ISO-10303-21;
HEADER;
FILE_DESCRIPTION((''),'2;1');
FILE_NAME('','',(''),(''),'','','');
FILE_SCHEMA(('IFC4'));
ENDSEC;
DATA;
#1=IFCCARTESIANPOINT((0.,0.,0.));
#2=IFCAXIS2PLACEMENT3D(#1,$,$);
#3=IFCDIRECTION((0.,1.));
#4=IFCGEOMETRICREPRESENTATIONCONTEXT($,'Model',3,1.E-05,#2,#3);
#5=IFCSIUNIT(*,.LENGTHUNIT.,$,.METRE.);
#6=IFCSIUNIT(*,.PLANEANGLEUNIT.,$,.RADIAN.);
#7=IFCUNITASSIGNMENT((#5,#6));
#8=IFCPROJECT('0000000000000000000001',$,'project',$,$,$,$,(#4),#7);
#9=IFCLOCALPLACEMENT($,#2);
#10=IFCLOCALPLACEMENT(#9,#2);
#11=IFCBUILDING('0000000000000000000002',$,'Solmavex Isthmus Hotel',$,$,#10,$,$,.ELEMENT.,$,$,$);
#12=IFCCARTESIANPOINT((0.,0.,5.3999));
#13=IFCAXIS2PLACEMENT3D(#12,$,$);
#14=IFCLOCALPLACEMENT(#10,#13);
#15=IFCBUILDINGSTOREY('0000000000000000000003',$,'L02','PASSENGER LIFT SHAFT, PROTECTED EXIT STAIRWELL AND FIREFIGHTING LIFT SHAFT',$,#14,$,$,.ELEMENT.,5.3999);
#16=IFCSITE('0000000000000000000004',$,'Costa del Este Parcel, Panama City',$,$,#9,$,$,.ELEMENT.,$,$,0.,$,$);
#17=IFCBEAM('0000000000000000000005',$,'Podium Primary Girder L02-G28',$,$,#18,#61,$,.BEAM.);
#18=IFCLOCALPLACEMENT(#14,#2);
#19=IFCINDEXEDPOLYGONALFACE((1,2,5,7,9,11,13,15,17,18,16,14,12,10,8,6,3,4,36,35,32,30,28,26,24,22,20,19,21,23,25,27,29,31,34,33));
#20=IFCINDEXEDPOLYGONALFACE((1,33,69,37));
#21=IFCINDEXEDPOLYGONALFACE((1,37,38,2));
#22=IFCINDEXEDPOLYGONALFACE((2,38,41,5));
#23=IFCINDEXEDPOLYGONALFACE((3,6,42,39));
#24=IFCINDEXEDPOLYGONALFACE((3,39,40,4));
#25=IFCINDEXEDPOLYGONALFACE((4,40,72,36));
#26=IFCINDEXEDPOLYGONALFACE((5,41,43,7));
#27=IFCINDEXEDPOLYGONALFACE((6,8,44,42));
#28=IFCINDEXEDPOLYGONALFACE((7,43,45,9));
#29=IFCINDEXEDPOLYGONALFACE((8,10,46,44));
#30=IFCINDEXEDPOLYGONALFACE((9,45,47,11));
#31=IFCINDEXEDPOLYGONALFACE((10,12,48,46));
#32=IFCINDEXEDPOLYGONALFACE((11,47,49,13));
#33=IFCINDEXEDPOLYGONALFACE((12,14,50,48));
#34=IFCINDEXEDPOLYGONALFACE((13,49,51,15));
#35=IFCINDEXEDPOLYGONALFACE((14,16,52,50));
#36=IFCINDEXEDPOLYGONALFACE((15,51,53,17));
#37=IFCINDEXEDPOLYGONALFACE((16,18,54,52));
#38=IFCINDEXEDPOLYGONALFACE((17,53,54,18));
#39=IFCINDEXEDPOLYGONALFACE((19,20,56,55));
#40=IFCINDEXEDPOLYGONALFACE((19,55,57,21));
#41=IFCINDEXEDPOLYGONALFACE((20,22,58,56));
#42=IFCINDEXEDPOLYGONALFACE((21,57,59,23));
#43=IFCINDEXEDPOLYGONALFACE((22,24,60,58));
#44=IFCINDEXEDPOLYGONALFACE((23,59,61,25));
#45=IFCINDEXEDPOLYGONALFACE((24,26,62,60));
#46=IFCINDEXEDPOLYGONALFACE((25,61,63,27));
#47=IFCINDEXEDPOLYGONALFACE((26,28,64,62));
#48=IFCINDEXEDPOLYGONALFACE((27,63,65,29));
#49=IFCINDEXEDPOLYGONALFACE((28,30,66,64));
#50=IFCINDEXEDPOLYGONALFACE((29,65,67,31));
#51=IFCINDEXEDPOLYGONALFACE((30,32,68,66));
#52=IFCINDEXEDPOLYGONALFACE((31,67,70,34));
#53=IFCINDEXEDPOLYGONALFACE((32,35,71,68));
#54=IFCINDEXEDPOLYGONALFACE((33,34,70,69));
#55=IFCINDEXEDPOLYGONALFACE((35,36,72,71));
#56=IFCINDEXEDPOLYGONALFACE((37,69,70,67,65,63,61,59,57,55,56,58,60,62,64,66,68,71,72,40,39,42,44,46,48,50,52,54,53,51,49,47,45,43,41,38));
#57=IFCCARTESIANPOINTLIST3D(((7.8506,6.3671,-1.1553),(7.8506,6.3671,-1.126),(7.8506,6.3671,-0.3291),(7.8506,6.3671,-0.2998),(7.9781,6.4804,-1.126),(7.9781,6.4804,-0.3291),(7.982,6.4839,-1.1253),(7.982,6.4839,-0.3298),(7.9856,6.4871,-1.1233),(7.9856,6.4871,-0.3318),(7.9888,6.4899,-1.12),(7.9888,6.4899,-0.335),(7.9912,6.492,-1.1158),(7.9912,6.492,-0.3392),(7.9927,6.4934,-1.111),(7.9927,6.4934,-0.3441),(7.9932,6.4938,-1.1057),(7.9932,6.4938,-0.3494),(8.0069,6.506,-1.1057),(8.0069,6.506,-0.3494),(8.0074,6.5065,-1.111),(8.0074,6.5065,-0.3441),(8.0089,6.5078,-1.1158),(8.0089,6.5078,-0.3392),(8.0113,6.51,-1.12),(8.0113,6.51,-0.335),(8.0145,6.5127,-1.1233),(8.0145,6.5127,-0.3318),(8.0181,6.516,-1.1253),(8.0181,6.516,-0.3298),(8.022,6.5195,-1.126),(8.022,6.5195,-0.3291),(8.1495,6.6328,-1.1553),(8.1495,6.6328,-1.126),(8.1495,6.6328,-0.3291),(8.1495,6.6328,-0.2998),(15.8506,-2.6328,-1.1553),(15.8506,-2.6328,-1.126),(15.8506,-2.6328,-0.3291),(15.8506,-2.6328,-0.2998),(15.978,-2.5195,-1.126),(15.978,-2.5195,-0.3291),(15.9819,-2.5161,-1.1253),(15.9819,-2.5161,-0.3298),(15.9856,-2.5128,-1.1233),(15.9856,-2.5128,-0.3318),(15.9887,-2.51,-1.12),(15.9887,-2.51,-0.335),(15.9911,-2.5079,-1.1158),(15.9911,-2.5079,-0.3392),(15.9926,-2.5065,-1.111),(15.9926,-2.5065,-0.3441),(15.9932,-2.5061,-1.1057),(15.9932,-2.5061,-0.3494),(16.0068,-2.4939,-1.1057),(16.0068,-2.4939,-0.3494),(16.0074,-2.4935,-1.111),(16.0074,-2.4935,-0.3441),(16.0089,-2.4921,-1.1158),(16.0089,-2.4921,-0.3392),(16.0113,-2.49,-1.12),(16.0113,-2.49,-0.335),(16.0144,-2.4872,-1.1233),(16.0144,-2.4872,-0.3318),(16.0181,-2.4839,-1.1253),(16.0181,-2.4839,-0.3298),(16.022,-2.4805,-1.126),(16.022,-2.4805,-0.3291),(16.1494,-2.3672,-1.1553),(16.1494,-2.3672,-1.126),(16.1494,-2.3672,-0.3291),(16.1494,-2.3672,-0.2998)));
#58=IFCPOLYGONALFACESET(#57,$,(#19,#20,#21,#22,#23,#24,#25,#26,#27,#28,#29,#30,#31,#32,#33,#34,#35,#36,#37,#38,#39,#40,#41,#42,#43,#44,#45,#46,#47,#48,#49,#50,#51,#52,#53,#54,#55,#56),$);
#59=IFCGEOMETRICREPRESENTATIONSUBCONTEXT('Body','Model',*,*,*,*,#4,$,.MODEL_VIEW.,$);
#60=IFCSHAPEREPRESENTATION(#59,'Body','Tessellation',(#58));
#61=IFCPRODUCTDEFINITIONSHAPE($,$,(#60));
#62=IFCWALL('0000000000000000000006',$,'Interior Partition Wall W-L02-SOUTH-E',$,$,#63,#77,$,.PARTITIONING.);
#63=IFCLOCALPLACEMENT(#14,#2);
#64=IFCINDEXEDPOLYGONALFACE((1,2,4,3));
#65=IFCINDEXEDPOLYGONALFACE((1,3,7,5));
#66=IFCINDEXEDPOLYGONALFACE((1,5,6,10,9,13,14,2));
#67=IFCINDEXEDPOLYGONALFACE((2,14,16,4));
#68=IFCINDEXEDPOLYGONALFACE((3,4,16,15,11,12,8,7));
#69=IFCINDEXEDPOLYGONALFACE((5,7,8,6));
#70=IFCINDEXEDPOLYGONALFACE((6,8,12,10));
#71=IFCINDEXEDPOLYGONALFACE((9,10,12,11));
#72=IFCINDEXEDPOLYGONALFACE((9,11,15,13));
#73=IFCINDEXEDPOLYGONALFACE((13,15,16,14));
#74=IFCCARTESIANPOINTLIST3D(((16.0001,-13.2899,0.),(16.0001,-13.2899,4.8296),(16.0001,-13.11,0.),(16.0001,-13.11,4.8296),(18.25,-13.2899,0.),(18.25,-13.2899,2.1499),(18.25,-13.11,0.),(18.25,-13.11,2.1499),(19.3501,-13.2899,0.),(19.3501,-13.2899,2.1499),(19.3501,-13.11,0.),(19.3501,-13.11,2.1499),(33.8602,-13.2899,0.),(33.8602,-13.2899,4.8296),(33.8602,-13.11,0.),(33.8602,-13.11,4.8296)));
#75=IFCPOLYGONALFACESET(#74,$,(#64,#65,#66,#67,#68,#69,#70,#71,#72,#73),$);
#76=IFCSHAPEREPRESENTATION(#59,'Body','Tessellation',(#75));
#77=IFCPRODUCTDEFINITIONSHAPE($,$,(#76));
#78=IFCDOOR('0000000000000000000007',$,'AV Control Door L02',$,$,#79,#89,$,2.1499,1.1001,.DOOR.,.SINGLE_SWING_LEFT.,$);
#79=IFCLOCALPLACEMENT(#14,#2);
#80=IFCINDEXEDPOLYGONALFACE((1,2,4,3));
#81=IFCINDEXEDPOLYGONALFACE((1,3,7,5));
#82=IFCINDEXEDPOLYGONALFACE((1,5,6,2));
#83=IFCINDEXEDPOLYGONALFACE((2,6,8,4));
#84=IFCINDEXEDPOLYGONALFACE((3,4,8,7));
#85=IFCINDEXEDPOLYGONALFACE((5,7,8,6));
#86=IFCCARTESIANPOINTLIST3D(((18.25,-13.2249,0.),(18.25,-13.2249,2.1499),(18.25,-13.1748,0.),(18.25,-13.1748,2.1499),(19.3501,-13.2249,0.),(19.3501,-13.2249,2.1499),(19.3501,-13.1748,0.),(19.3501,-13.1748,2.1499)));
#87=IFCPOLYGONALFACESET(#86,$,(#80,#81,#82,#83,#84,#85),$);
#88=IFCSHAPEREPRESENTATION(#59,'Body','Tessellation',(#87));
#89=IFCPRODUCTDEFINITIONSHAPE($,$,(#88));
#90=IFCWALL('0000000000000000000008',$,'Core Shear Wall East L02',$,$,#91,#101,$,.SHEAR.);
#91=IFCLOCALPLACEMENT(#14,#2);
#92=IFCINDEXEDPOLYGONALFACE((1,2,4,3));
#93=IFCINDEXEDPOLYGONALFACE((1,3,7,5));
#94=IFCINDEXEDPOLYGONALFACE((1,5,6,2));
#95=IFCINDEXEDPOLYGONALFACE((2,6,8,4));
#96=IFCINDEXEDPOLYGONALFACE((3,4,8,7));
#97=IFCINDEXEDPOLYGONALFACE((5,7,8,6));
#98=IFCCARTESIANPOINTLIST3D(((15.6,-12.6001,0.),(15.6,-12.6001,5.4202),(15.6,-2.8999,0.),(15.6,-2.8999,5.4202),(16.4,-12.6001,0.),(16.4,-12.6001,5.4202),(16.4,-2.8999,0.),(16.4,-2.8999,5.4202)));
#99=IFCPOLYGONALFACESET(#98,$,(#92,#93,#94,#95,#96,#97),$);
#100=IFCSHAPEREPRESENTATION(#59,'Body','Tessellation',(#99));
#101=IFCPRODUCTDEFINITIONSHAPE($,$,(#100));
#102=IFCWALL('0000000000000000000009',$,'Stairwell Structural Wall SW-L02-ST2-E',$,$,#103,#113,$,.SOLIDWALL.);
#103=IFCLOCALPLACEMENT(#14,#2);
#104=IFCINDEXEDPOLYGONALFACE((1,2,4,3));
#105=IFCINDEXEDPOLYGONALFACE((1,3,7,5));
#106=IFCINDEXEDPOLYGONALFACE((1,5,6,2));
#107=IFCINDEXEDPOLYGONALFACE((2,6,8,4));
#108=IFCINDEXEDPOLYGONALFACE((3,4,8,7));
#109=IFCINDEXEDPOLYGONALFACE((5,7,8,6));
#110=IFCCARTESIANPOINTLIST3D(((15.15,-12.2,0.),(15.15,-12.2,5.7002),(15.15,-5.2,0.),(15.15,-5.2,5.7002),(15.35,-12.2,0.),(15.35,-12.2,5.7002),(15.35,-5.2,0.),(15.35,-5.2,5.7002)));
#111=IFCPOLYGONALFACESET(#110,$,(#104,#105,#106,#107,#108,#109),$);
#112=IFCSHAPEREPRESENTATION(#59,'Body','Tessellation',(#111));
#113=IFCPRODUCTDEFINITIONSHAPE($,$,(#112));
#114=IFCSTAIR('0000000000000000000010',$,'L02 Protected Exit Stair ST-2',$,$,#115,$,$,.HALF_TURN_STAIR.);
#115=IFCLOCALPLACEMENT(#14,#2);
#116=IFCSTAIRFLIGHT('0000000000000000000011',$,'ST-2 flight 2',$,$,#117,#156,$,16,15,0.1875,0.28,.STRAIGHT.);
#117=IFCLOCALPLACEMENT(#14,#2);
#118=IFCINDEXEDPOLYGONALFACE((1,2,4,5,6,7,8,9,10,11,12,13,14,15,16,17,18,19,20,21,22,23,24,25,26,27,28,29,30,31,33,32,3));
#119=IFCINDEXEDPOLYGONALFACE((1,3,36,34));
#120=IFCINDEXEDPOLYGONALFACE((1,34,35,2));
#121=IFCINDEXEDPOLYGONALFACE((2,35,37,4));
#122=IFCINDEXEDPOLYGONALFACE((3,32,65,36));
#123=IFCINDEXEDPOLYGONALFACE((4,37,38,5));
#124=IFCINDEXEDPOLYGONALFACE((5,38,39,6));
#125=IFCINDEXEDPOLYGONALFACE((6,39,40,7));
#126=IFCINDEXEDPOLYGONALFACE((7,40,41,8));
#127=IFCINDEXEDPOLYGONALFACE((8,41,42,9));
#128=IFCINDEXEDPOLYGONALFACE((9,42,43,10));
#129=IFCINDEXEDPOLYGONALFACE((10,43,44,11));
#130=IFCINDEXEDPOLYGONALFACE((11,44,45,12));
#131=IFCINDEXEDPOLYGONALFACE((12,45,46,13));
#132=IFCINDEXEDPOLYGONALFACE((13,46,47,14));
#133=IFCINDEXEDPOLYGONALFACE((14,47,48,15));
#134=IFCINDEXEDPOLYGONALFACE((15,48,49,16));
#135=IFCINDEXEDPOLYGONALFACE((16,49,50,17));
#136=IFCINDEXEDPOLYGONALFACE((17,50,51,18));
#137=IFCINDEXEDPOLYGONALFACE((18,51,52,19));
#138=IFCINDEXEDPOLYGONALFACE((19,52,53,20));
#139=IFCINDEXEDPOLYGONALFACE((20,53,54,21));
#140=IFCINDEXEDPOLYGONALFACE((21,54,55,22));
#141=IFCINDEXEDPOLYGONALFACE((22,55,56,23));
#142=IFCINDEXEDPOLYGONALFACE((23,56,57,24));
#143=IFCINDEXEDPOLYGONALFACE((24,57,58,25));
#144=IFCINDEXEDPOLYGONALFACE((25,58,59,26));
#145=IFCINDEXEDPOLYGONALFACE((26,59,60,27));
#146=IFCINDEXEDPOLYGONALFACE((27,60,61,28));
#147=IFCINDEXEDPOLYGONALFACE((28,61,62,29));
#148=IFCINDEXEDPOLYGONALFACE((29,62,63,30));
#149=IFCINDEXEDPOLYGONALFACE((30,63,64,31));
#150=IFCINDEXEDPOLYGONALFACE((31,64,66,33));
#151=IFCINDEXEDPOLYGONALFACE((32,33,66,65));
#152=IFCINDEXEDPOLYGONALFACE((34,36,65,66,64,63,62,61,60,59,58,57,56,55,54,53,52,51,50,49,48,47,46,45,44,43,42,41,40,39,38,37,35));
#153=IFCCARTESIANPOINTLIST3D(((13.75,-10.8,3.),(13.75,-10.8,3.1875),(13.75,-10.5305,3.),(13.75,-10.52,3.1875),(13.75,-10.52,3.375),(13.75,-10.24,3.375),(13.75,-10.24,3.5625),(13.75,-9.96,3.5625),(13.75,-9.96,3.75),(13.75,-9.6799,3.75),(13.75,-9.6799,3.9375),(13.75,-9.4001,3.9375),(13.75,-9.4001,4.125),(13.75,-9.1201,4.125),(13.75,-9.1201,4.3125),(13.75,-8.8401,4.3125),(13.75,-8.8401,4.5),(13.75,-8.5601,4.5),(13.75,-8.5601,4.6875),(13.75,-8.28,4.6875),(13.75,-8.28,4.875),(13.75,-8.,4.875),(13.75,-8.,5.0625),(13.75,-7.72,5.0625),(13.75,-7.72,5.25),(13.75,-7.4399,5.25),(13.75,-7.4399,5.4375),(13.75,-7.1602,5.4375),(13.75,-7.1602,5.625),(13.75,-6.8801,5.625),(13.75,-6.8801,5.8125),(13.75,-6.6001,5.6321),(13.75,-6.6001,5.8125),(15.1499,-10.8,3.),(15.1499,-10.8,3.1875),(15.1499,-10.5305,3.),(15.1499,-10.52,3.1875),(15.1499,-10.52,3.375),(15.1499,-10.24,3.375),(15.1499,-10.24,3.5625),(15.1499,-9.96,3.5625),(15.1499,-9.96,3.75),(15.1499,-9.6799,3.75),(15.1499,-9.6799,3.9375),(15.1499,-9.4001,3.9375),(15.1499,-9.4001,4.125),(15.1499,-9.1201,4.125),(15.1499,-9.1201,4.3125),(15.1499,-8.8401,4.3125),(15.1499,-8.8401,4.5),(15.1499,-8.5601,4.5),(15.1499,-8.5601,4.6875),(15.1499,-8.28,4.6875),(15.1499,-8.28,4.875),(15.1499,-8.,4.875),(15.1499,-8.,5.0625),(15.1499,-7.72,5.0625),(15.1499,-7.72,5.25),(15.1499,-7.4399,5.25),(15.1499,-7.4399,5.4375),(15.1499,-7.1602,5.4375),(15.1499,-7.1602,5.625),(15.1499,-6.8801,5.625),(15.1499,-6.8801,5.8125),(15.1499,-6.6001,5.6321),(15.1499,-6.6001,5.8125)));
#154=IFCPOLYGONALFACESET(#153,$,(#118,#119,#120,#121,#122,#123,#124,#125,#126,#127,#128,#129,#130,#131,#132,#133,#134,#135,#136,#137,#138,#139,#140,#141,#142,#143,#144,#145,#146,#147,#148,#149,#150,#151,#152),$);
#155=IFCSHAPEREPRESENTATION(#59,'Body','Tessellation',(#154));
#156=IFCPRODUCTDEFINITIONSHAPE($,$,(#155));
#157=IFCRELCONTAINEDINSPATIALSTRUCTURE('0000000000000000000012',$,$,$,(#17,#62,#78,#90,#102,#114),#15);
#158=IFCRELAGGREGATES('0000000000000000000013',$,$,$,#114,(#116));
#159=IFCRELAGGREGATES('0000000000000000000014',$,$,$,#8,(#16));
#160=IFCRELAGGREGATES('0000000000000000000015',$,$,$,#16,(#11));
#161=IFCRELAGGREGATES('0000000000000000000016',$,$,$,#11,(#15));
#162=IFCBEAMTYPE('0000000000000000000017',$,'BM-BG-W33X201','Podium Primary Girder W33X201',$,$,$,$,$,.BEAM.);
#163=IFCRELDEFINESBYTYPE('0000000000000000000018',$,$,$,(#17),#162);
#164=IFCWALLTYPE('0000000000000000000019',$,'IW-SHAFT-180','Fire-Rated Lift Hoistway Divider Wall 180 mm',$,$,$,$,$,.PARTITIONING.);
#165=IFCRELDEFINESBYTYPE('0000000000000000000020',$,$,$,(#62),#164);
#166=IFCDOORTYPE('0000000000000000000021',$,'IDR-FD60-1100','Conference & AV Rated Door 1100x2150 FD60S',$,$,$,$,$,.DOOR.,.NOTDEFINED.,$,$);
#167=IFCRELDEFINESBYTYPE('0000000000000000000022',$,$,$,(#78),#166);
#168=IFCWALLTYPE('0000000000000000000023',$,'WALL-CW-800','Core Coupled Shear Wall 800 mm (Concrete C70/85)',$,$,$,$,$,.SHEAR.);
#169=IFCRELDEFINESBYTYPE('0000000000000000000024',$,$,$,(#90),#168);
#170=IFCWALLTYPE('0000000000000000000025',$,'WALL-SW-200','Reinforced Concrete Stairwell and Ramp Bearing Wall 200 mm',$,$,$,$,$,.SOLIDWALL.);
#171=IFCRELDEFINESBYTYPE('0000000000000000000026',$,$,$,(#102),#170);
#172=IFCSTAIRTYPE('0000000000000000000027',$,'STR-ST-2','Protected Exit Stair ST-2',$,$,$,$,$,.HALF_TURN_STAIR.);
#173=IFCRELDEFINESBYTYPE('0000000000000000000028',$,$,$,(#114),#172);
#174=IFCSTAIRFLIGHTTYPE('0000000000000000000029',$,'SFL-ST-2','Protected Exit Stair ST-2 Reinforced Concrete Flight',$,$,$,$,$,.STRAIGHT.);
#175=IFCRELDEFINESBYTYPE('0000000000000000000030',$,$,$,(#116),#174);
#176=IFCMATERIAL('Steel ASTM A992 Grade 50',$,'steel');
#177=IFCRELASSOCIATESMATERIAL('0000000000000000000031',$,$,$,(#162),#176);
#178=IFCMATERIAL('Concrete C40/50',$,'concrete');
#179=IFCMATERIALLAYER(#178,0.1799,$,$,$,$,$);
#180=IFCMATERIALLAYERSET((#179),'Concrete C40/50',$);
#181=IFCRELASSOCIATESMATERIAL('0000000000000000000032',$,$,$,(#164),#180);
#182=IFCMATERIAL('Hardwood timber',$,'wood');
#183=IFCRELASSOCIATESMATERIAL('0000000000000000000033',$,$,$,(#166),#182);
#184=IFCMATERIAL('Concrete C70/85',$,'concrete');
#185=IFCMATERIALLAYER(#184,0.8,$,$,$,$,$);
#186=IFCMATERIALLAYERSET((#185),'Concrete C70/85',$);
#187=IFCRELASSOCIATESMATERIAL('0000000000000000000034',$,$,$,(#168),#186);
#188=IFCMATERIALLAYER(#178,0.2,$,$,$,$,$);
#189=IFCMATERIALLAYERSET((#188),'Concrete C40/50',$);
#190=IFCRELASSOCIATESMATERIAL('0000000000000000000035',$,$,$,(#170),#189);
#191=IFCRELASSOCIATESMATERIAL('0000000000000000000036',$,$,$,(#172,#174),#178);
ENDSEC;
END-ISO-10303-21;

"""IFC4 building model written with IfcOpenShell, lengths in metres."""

from ifc_helpers import new_model, si_unit, direction, frame, frame_2d, origin, origin_2d, place, context, subcontext, project, spatial, polyline, rectangle, i_section, outline, extrude, material, layer, layer_set, material_profile, profile_set, type_object, element, fill, aggregate, save


model = new_model("IFC4")

# Units and contexts
model_context = context("Model", 3, precision=1e-05, world=origin(), true_north=direction((0.0, 1.0)))
body_context = subcontext(model_context, "Body", "Model", "MODEL_VIEW")
ifc_project = project(units=[si_unit("LENGTHUNIT", "METRE"), si_unit("PLANEANGLEUNIT", "RADIAN")], contexts=[model_context])

# Site, building, storey
site_placement = place(None, origin())
site = spatial("IfcSite", under=ifc_project, at=site_placement, Name="Costa del Este Parcel, Panama City", CompositionType="ELEMENT", RefElevation=0.0)
building_placement = place(site_placement, origin())
building = spatial("IfcBuilding", under=site, at=building_placement, Name="Solmavex Isthmus Hotel", CompositionType="ELEMENT")
storey_placement = place(building_placement, frame((0.0, 0.0, 5.3999)))
storey = spatial("IfcBuildingStorey", under=building, at=storey_placement, Name="L02", Description="PASSENGER LIFT SHAFT, PROTECTED EXIT STAIRWELL AND FIREFIGHTING LIFT SHAFT", CompositionType="ELEMENT", Elevation=5.3999)

# Shared definitions
ifc_material_1 = material(Name="Concrete C70/85", Category="concrete")

# Beam
ifc_material_2 = material(Name="Steel ASTM A992 Grade 50", Category="steel")
ifc_material_profile_1 = material_profile(ifc_material_2, i_section(OverallWidth=0.3999, OverallDepth=0.8555, WebThickness=0.0183, FlangeThickness=0.0293, FilletRadius=0.0203, at=origin_2d()), Name="W33X201")
ifc_profile_set_1 = profile_set([ifc_material_profile_1], Name="Steel ASTM A992 Grade 50")
beam_type_1 = type_object("IfcBeamType", Name="BM-BG-W33X201", Description="Podium Primary Girder W33X201", PredefinedType="BEAM", material=ifc_profile_set_1)
beam_1_placement = place(storey_placement, frame((16.0, -2.5, -0.7275), z_axis=(-0.664364, 0.747409, 0.0), x_axis=(-0.747409, -0.664364, 0.0)))
element("IfcBeam", 1, at=beam_1_placement, inside=storey, type_object=beam_type_1, Name="Podium Primary Girder L02-G28", PredefinedType="BEAM", context=body_context, shape_type="SweptSolid", body=[
    extrude(i_section(OverallWidth=0.3999, OverallDepth=0.8555, WebThickness=0.0183, FlangeThickness=0.0293, FilletRadius=0.0203, at=origin_2d()), origin(), (0.0, 0.0, 1.0), 12.0415),
])

# Wall, opening, door
ifc_material_3 = material(Name="Concrete C40/50", Category="concrete")
ifc_layer_1 = layer(ifc_material_3, 0.1799)
ifc_layer_set_1 = layer_set([ifc_layer_1], Name="Concrete C40/50")
wall_type_1 = type_object("IfcWallType", Name="IW-SHAFT-180", Description="Fire-Rated Lift Hoistway Divider Wall 180 mm", PredefinedType="PARTITIONING", material=ifc_layer_set_1)
wall_1_placement = place(storey_placement, frame((16.0, -13.2, 0.0), z_axis=(0.0, 0.0, 1.0), x_axis=(1.0, 0.0, 0.0)))
wall_1 = element("IfcWall", 2, at=wall_1_placement, inside=storey, type_object=wall_type_1, Name="Interior Partition Wall W-L02-SOUTH-E", PredefinedType="PARTITIONING", context=body_context, shape_type="SweptSolid", body=[
    extrude(rectangle(XDim=17.8601, YDim=0.1799, at=frame_2d((8.9302, 0.0))), origin(), (0.0, 0.0, 1.0), 4.8296),
])
opening_placement = place(wall_1_placement, frame((2.25, 0.0, 0.0)))
opening = element("IfcOpeningElement", 3, at=opening_placement, cuts=wall_1, PredefinedType="OPENING", context=body_context, shape_type="SweptSolid", body=[
    extrude(rectangle(XDim=1.1001, YDim=2.1499, at=frame_2d((0.55, 1.075))), frame((0.0, 0.0999, 0.0), z_axis=(0.0, -1.0, 0.0), x_axis=(1.0, 0.0, 0.0)), (0.0, 0.0, 1.0), 0.2),
])
ifc_material_4 = material(Name="Hardwood timber", Category="wood")
door_type = type_object("IfcDoorType", Name="IDR-FD60-1100", Description="Conference & AV Rated Door 1100x2150 FD60S", OperationType="NOTDEFINED", PredefinedType="DOOR", material=ifc_material_4)
door_placement = place(opening_placement, frame((1.1001, 0.0, 0.0), z_axis=(0.0, 0.0, 1.0), x_axis=(-1.0, 0.0, 0.0)))
door = element("IfcDoor", 4, at=door_placement, inside=storey, type_object=door_type, Name="AV Control Door L02", OperationType="SINGLE_SWING_LEFT", OverallHeight=2.1499, OverallWidth=1.1001, PredefinedType="DOOR", context=body_context, shape_type="SweptSolid", body=[
    extrude(rectangle(XDim=1.1001, YDim=2.1499, at=frame_2d((0.55, 1.075))), frame((0.0, 0.0249, 0.0), z_axis=(0.0, -1.0, 0.0), x_axis=(1.0, 0.0, 0.0)), (0.0, 0.0, 1.0), 0.05),
])
fill(opening, door)

# Walls
ifc_layer_2 = layer(ifc_material_1, 0.8)
ifc_layer_set_2 = layer_set([ifc_layer_2], Name="Concrete C70/85")
wall_type_2 = type_object("IfcWallType", Name="WALL-CW-800", Description="Core Coupled Shear Wall 800 mm (Concrete C70/85)", PredefinedType="SHEAR", material=ifc_layer_set_2)
wall_2_placement = place(storey_placement, frame((16.0, -12.6001, 0.0), z_axis=(0.0, 0.0, 1.0), x_axis=(0.0, 1.0, 0.0)))
element("IfcWall", 5, at=wall_2_placement, inside=storey, type_object=wall_type_2, Name="Core Shear Wall East L02", PredefinedType="SHEAR", context=body_context, shape_type="SweptSolid", body=[
    extrude(rectangle(XDim=9.7002, YDim=0.8, at=frame_2d((4.8501, 0.0))), origin(), (0.0, 0.0, 1.0), 5.4202),
])
ifc_layer_3 = layer(ifc_material_3, 0.2)
ifc_layer_set_3 = layer_set([ifc_layer_3], Name="Concrete C40/50")
wall_type_3 = type_object("IfcWallType", Name="WALL-SW-200", Description="Reinforced Concrete Stairwell and Ramp Bearing Wall 200 mm", PredefinedType="SOLIDWALL", material=ifc_layer_set_3)
wall_3_placement = place(storey_placement, frame((15.25, -12.2, 0.0), z_axis=(0.0, 0.0, 1.0), x_axis=(0.0, 1.0, 0.0)))
element("IfcWall", 6, at=wall_3_placement, inside=storey, type_object=wall_type_3, Name="Stairwell Structural Wall SW-L02-ST2-E", PredefinedType="SOLIDWALL", context=body_context, shape_type="SweptSolid", body=[
    extrude(rectangle(XDim=7.0, YDim=0.2, at=frame_2d((3.5, 0.0))), origin(), (0.0, 0.0, 1.0), 5.7002),
])

# Stair, stair flight
stair_type = type_object("IfcStairType", Name="STR-ST-2", Description="Protected Exit Stair ST-2", PredefinedType="HALF_TURN_STAIR", material=ifc_material_3)
stair_placement = place(storey_placement, origin())
stair = element("IfcStair", 7, at=stair_placement, inside=storey, type_object=stair_type, Name="L02 Protected Exit Stair ST-2", PredefinedType="HALF_TURN_STAIR")
stair_flight_type = type_object("IfcStairFlightType", Name="SFL-ST-2", Description="Protected Exit Stair ST-2 Reinforced Concrete Flight", PredefinedType="STRAIGHT", material=ifc_material_3)
stair_flight_placement = place(storey_placement, frame((14.45, -10.8, 3.0), z_axis=(0.0, 0.0, 1.0), x_axis=(0.0, 1.0, 0.0)))
stair_flight = element("IfcStairFlight", 8, at=stair_flight_placement, type_object=stair_flight_type, Name="ST-2 flight 2", NumberOfRisers=16, NumberOfTreads=15, PredefinedType="STRAIGHT", RiserHeight=0.1875, TreadLength=0.28, context=body_context, shape_type="SweptSolid", body=[
    extrude(outline(polyline([(0.0, 0.0), (0.0, 0.1875), (0.28, 0.1875), (0.28, 0.375), (0.5601, 0.375), (0.5601, 0.5625), (0.8401, 0.5625), (0.8401, 0.75), (1.1201, 0.75), (1.1201, 0.9375), (1.3999, 0.9375), (1.3999, 1.125), (1.6799, 1.125), (1.6799, 1.3125), (1.96, 1.3125), (1.96, 1.5), (2.24, 1.5), (2.24, 1.6875), (2.52, 1.6875), (2.52, 1.875), (2.8, 1.875), (2.8, 2.0625), (3.0801, 2.0625), (3.0801, 2.25), (3.3601, 2.25), (3.3601, 2.4375), (3.6399, 2.4375), (3.6399, 2.625), (3.9199, 2.625), (3.9199, 2.8125), (4.2, 2.8125), (4.2, 3.0), (4.2, 2.6321), (0.2695, 0.0), (0.0, 0.0)])), frame((0.0, 0.7, 0.0), z_axis=(0.0, -1.0, 0.0), x_axis=(1.0, 0.0, 0.0)), (0.0, 0.0, 1.0), 1.3999),
])
aggregate(stair, [stair_flight])

save(model, "model.ifc")
